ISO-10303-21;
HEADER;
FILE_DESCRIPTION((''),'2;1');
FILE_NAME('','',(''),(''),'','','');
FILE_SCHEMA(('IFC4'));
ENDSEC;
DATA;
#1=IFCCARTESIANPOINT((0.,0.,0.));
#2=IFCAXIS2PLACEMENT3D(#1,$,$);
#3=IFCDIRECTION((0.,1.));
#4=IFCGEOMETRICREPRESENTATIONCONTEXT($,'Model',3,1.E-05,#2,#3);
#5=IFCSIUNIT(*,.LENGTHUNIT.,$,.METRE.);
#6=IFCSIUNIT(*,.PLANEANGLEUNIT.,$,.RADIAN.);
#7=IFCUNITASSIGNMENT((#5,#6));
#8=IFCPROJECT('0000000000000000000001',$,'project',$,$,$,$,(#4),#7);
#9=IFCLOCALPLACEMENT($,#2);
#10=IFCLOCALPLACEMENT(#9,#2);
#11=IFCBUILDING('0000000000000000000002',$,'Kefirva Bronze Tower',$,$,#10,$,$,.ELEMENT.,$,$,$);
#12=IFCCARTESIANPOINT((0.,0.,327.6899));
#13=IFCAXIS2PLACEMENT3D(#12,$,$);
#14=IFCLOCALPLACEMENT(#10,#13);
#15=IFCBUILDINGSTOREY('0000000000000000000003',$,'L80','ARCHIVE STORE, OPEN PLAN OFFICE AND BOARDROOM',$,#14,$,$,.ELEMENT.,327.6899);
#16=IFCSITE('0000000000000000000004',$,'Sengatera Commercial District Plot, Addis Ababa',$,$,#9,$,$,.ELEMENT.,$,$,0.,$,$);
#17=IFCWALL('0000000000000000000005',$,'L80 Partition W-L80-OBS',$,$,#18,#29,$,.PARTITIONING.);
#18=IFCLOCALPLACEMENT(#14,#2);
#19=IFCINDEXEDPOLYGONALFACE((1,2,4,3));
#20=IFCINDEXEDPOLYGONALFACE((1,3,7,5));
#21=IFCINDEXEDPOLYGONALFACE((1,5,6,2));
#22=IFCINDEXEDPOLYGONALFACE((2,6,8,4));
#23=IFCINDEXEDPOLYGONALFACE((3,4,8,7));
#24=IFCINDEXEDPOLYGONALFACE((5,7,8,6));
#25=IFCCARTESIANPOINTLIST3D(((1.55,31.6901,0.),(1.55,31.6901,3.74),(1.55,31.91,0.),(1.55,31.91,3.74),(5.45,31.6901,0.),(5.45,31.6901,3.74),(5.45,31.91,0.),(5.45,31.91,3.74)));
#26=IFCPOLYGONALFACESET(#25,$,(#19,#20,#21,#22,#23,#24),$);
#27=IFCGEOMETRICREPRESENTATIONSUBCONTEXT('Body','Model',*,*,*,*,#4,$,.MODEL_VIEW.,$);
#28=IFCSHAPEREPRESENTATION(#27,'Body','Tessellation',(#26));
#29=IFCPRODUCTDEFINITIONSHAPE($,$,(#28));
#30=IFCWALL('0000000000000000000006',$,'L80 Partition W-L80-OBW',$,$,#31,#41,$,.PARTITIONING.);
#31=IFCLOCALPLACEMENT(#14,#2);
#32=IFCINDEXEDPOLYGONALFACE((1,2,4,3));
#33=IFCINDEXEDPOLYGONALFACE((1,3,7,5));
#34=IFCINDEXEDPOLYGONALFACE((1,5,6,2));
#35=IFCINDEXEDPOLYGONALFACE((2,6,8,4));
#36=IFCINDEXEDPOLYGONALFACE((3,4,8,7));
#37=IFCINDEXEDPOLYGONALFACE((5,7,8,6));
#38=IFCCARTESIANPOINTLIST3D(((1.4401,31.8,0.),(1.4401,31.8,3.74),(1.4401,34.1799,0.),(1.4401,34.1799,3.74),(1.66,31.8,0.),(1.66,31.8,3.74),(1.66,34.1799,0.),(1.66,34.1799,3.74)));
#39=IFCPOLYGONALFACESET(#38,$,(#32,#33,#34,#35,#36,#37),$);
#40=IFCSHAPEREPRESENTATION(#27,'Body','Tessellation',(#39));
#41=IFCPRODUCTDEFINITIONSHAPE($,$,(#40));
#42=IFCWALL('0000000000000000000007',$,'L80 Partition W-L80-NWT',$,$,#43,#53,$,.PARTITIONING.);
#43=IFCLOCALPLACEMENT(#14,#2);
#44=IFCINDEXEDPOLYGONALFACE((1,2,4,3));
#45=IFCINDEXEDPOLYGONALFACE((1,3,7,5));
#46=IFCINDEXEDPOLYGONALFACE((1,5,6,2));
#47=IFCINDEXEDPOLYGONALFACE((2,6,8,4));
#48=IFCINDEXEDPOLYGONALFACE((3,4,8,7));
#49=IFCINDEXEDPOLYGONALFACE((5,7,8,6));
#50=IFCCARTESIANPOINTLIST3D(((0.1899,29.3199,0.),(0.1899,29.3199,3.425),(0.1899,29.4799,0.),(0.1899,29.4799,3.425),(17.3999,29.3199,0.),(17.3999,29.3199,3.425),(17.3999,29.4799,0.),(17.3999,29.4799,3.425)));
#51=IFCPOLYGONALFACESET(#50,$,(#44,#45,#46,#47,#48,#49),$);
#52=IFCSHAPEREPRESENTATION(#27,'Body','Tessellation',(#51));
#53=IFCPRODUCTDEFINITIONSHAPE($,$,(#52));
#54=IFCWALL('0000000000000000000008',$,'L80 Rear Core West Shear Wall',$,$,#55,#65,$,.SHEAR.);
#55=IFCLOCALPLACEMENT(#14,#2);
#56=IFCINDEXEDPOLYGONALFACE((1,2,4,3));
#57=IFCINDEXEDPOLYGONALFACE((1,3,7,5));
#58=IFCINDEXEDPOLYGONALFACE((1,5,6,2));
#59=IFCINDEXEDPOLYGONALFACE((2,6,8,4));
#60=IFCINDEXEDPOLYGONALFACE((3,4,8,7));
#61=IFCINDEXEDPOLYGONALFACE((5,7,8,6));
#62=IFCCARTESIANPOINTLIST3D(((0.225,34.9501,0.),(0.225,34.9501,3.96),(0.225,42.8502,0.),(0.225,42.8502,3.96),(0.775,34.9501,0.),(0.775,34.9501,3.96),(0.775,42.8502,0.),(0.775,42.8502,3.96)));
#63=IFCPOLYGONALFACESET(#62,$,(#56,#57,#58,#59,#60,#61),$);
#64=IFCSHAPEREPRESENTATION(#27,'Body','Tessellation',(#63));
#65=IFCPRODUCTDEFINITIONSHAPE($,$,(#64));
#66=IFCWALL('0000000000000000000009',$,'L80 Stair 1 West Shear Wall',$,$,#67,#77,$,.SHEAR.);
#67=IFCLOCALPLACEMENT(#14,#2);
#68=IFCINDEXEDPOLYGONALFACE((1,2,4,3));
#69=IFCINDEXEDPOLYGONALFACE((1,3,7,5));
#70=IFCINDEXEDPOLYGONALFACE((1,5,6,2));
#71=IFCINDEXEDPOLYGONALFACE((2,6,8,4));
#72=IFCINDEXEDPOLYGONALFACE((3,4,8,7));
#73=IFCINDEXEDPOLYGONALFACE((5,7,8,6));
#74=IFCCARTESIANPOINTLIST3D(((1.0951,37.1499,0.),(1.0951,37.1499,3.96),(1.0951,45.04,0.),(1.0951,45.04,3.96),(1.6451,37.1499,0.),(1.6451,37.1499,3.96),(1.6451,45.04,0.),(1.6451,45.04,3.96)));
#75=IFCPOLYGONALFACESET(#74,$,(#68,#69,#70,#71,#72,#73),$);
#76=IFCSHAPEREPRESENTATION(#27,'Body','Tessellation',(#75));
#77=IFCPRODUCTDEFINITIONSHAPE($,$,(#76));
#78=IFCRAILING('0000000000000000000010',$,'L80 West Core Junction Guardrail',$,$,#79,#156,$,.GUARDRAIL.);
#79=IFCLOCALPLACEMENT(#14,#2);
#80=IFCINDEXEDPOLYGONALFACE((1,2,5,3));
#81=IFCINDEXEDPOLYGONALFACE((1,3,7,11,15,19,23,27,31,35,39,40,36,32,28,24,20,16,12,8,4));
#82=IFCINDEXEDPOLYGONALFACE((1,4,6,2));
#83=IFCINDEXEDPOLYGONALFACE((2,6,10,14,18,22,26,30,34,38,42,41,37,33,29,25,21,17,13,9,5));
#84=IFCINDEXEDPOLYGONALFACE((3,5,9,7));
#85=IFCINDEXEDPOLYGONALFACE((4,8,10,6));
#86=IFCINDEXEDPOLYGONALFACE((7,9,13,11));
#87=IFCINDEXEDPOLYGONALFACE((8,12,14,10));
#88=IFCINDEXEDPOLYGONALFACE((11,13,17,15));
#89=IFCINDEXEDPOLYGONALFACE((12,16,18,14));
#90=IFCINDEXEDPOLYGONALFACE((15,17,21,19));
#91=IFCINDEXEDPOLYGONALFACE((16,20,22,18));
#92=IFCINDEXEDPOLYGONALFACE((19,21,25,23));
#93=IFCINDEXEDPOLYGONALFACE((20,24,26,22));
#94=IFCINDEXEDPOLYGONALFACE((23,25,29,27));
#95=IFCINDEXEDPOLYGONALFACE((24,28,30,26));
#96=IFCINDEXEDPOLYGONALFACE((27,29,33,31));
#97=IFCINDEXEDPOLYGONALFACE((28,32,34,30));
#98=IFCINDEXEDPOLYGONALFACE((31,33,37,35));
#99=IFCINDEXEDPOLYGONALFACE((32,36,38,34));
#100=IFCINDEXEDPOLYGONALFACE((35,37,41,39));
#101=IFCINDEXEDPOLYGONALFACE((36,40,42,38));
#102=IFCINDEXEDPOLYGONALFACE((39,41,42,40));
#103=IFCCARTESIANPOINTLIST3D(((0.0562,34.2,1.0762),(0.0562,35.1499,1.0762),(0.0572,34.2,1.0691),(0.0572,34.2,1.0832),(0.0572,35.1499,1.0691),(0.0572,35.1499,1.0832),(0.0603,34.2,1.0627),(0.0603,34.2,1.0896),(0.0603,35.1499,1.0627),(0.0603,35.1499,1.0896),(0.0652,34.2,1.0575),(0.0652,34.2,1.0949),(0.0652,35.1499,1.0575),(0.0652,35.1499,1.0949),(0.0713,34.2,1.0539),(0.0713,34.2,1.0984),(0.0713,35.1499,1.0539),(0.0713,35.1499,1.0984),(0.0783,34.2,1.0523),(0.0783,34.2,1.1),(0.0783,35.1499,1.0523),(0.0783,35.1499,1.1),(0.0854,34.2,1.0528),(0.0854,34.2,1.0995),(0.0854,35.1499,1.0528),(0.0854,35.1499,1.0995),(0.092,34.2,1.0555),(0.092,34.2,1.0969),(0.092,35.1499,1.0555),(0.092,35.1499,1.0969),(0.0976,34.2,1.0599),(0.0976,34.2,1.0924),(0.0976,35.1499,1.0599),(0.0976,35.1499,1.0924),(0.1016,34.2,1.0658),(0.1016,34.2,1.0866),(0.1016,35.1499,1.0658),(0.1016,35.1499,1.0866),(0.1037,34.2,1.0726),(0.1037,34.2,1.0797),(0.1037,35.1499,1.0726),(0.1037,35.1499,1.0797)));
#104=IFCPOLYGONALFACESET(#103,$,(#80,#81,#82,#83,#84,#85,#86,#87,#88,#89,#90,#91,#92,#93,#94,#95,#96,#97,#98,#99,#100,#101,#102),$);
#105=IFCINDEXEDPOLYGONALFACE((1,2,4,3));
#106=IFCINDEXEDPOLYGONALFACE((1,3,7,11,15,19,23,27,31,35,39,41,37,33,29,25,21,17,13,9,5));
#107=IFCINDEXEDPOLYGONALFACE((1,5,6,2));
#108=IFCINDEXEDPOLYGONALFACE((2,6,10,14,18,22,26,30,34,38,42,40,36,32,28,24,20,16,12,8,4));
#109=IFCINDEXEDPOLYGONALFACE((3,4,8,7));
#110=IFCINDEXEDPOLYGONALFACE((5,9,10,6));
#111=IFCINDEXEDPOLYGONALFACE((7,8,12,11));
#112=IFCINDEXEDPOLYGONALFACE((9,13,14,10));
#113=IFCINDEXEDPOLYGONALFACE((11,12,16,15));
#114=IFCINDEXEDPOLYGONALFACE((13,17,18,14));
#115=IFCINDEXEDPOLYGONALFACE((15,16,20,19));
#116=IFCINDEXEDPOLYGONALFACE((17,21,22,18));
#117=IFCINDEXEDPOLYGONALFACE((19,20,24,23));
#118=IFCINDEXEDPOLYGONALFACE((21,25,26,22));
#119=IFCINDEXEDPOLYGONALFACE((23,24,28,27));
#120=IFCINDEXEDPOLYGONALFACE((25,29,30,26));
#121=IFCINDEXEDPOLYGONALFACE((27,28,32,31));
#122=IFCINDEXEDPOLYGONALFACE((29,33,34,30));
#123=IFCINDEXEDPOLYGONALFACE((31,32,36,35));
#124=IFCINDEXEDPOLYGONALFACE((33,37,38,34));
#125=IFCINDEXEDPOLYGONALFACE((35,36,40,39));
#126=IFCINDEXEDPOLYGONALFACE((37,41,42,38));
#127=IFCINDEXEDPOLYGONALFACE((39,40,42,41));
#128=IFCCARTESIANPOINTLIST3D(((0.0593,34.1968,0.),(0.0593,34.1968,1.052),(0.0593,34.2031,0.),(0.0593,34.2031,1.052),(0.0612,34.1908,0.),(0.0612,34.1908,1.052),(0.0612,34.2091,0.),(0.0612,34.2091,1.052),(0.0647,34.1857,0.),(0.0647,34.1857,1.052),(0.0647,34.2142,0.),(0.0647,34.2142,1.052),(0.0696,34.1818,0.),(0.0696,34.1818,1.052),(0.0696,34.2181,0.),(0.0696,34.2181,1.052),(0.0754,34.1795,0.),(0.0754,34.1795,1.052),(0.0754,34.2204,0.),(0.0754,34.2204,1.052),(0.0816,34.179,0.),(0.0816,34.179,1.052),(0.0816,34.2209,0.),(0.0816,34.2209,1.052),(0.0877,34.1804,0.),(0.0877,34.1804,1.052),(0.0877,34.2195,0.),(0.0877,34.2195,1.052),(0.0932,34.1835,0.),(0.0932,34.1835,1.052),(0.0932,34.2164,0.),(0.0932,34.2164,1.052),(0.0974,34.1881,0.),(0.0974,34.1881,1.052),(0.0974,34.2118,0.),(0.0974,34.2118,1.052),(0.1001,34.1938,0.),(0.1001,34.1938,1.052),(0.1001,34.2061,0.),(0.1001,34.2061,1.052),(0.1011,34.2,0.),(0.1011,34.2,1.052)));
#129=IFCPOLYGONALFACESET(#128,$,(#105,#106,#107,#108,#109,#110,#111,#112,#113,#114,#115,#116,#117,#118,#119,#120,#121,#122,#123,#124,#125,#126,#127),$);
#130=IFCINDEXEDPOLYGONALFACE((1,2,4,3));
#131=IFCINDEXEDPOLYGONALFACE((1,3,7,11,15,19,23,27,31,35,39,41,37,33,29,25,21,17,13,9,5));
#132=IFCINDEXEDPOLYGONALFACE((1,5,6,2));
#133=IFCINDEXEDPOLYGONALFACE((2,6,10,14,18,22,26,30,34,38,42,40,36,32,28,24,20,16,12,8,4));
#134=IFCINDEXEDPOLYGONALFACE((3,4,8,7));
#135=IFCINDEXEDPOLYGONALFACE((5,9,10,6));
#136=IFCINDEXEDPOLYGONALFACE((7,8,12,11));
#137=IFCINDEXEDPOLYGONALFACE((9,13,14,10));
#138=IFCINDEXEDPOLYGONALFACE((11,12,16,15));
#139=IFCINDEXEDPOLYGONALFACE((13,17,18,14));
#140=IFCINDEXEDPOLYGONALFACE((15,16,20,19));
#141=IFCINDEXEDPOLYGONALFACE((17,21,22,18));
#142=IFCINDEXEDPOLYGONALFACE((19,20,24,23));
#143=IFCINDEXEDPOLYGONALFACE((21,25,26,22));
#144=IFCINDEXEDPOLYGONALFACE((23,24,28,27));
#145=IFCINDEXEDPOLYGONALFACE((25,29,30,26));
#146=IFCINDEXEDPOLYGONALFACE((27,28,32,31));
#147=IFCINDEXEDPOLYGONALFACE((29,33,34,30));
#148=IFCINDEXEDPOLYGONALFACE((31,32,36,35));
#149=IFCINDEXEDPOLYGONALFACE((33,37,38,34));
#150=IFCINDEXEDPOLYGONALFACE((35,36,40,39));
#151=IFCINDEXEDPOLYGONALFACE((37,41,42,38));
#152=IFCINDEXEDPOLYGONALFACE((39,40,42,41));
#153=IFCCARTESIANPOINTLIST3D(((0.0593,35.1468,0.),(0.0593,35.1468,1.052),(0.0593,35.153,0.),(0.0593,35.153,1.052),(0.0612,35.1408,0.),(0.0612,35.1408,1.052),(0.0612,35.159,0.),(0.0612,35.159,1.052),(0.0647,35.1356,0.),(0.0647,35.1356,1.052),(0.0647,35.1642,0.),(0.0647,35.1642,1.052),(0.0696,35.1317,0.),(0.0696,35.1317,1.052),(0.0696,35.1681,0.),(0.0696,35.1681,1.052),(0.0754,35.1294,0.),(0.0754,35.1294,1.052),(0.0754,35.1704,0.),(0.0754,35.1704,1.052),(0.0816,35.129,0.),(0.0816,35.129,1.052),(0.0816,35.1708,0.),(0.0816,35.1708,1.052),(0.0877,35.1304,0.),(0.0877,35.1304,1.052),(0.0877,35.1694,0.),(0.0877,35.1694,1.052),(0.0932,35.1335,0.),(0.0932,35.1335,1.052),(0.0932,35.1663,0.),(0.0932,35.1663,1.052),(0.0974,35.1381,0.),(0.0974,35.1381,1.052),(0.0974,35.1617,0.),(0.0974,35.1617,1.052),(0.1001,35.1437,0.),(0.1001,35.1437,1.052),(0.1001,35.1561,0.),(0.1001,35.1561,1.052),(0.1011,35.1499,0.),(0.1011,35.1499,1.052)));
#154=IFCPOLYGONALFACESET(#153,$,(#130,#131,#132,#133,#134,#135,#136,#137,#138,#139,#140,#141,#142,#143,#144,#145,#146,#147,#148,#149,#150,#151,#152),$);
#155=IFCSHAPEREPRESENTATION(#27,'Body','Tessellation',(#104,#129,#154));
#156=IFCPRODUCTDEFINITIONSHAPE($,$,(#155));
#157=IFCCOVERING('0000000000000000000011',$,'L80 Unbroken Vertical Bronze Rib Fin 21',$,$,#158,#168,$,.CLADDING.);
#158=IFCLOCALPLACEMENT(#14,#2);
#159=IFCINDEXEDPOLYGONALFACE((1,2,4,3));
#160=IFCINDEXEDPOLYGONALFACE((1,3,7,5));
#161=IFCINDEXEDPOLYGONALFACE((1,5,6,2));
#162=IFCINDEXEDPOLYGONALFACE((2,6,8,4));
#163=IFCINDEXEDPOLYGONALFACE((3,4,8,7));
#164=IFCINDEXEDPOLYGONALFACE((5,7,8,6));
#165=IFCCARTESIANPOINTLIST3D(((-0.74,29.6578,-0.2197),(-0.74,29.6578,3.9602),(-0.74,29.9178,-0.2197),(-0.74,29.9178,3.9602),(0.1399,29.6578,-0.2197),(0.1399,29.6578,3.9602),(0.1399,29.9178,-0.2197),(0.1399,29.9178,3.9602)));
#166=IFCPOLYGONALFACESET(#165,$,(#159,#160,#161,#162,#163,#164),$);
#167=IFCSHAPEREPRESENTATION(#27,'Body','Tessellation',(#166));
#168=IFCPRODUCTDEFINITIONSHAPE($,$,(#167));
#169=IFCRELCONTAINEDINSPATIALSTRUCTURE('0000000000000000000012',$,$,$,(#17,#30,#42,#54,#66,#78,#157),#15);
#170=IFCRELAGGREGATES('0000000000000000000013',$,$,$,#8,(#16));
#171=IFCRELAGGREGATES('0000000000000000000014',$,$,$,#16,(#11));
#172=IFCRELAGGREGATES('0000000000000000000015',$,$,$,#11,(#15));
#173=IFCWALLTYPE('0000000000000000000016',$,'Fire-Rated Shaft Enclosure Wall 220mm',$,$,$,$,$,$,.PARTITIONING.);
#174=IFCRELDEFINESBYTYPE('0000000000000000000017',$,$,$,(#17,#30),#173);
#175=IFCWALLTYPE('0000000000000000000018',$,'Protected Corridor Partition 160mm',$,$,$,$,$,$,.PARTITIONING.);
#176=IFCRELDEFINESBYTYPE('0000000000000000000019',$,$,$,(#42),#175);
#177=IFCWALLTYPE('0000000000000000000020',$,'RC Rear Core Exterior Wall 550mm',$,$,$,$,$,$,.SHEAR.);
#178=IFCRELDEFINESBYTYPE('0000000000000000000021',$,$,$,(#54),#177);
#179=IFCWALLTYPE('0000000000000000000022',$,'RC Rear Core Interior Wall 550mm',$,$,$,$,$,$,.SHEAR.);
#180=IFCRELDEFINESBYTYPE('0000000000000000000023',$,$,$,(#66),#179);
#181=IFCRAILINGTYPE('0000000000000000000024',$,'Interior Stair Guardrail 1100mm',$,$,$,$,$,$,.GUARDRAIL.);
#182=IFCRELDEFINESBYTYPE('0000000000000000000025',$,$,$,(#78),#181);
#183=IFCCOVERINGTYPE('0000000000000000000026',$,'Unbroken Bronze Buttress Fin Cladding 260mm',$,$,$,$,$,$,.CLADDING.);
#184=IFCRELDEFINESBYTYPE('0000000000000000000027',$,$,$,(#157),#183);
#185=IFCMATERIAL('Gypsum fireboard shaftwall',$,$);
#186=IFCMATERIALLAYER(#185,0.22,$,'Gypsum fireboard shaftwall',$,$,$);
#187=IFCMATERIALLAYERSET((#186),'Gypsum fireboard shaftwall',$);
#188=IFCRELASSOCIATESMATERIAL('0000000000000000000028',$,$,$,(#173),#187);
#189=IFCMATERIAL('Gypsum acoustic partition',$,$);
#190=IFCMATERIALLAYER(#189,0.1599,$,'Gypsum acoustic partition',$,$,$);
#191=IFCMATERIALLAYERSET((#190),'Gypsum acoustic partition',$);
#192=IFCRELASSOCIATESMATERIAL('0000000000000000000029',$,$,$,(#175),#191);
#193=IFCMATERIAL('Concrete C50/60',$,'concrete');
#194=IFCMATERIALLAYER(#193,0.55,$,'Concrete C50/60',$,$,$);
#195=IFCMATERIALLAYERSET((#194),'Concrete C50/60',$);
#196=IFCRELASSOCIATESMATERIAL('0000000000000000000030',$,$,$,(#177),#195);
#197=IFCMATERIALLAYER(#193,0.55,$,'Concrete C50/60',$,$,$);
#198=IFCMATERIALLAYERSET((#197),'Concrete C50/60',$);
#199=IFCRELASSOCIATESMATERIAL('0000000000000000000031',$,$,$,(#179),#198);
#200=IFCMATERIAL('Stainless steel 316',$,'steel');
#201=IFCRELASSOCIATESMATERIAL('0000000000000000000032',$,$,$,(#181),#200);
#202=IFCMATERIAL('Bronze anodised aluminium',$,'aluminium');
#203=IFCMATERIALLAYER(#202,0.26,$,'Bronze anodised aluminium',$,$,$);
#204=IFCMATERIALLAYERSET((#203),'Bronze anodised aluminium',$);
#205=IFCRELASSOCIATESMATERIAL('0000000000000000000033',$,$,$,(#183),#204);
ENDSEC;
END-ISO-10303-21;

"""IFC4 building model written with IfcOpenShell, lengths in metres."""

from ifc_helpers import new_model, si_unit, direction, frame, frame_2d, origin, origin_2d, place, context, subcontext, project, spatial, rectangle, circle, extrude, material, layer, layer_set, type_object, element, save


model = new_model("IFC4")

# Units and contexts
model_context = context("Model", 3, precision=1e-05, world=origin(), true_north=direction((0.0, 1.0)))
body_context = subcontext(model_context, "Body", "Model", "MODEL_VIEW")
ifc_project = project(units=[si_unit("LENGTHUNIT", "METRE"), si_unit("PLANEANGLEUNIT", "RADIAN")], contexts=[model_context])

# Site, building, storey
site_placement = place(None, origin())
site = spatial("IfcSite", under=ifc_project, at=site_placement, Name="Sengatera Commercial District Plot, Addis Ababa", CompositionType="ELEMENT", RefElevation=0.0)
building_placement = place(site_placement, origin())
building = spatial("IfcBuilding", under=site, at=building_placement, Name="Kefirva Bronze Tower", CompositionType="ELEMENT")
storey_placement = place(building_placement, frame((0.0, 0.0, 327.6899)))
storey = spatial("IfcBuildingStorey", under=building, at=storey_placement, Name="L80", Description="ARCHIVE STORE, OPEN PLAN OFFICE AND BOARDROOM", CompositionType="ELEMENT", Elevation=327.6899)

# Shared definitions
ifc_material_1 = material(Name="Concrete C50/60", Category="concrete")

# Shared definitions
ifc_material_2 = material(Name="Bronze anodised aluminium", Category="aluminium")

# Shared definitions
ifc_material_3 = material(Name="Gypsum fireboard shaftwall")
ifc_layer_1 = layer(ifc_material_3, 0.22, Name="Gypsum fireboard shaftwall")
ifc_layer_set_1 = layer_set([ifc_layer_1], Name="Gypsum fireboard shaftwall")
wall_type_1 = type_object("IfcWallType", Name="Fire-Rated Shaft Enclosure Wall 220mm", PredefinedType="PARTITIONING", material=ifc_layer_set_1)

# Walls
wall_1_placement = place(storey_placement, frame((1.55, 31.8, 0.0), z_axis=(0.0, 0.0, 1.0), x_axis=(1.0, 0.0, 0.0)))
element("IfcWall", 1, at=wall_1_placement, inside=storey, type_object=wall_type_1, Name="L80 Partition W-L80-OBS", PredefinedType="PARTITIONING", context=body_context, shape_type="SweptSolid", body=[
    extrude(rectangle(XDim=3.8999, YDim=0.22, at=frame_2d((1.95, 0.0))), origin(), (0.0, 0.0, 1.0), 3.74),
])
wall_2_placement = place(storey_placement, frame((1.55, 31.8, 0.0), z_axis=(0.0, 0.0, 1.0), x_axis=(0.0, 1.0, 0.0)))
element("IfcWall", 2, at=wall_2_placement, inside=storey, type_object=wall_type_1, Name="L80 Partition W-L80-OBW", PredefinedType="PARTITIONING", context=body_context, shape_type="SweptSolid", body=[
    extrude(rectangle(XDim=2.3799, YDim=0.22, at=frame_2d((1.1899, 0.0))), origin(), (0.0, 0.0, 1.0), 3.74),
])
ifc_material_4 = material(Name="Gypsum acoustic partition")
ifc_layer_2 = layer(ifc_material_4, 0.1599, Name="Gypsum acoustic partition")
ifc_layer_set_2 = layer_set([ifc_layer_2], Name="Gypsum acoustic partition")
wall_type_2 = type_object("IfcWallType", Name="Protected Corridor Partition 160mm", PredefinedType="PARTITIONING", material=ifc_layer_set_2)
wall_3_placement = place(storey_placement, frame((0.1899, 29.3999, 0.0), z_axis=(0.0, 0.0, 1.0), x_axis=(1.0, 0.0, 0.0)))
element("IfcWall", 3, at=wall_3_placement, inside=storey, type_object=wall_type_2, Name="L80 Partition W-L80-NWT", PredefinedType="PARTITIONING", context=body_context, shape_type="SweptSolid", body=[
    extrude(rectangle(XDim=17.21, YDim=0.1599, at=frame_2d((8.605, 0.0))), origin(), (0.0, 0.0, 1.0), 3.425),
])
ifc_layer_3 = layer(ifc_material_1, 0.55, Name="Concrete C50/60")
ifc_layer_set_3 = layer_set([ifc_layer_3], Name="Concrete C50/60")
wall_type_3 = type_object("IfcWallType", Name="RC Rear Core Exterior Wall 550mm", PredefinedType="SHEAR", material=ifc_layer_set_3)
wall_4_placement = place(storey_placement, frame((0.5, 34.95, 0.0), z_axis=(0.0, 0.0, 1.0), x_axis=(0.0, 1.0, 0.0)))
element("IfcWall", 4, at=wall_4_placement, inside=storey, type_object=wall_type_3, Name="L80 Rear Core West Shear Wall", PredefinedType="SHEAR", context=body_context, shape_type="SweptSolid", body=[
    extrude(rectangle(XDim=7.9001, YDim=0.55, at=frame_2d((3.9502, 0.0))), origin(), (0.0, 0.0, 1.0), 3.96),
])

# Shared definitions
ifc_layer_4 = layer(ifc_material_1, 0.55, Name="Concrete C50/60")
ifc_layer_set_4 = layer_set([ifc_layer_4], Name="Concrete C50/60")
wall_type_4 = type_object("IfcWallType", Name="RC Rear Core Interior Wall 550mm", PredefinedType="SHEAR", material=ifc_layer_set_4)

# Wall
wall_5_placement = place(storey_placement, frame((1.3701, 37.1499, 0.0), z_axis=(0.0, 0.0, 1.0), x_axis=(0.0, 1.0, 0.0)))
element("IfcWall", 5, at=wall_5_placement, inside=storey, type_object=wall_type_4, Name="L80 Stair 1 West Shear Wall", PredefinedType="SHEAR", context=body_context, shape_type="SweptSolid", body=[
    extrude(rectangle(XDim=7.8901, YDim=0.55, at=frame_2d((3.9451, 0.0))), origin(), (0.0, 0.0, 1.0), 3.96),
])

# Railing
ifc_material_5 = material(Name="Stainless steel 316", Category="steel")
railing_type = type_object("IfcRailingType", Name="Interior Stair Guardrail 1100mm", PredefinedType="GUARDRAIL", material=ifc_material_5)
railing_placement = place(storey_placement, frame((0.0801, 34.2, 0.0)))
element("IfcRailing", 6, at=railing_placement, inside=storey, type_object=railing_type, Name="L80 West Core Junction Guardrail", PredefinedType="GUARDRAIL", context=body_context, shape_type="SweptSolid", body=[
    extrude(circle(Radius=0.0239, at=origin_2d()), frame((0.0, 0.0, 1.0762), z_axis=(0.0, 1.0, 0.0), x_axis=(-1.0, 0.0, 0.0)), (0.0, 0.0, 1.0), 0.95),
    extrude(circle(Radius=0.021, at=origin_2d()), origin(), (0.0, 0.0, 1.0), 1.052),
    extrude(circle(Radius=0.021, at=origin_2d()), frame((0.0, 0.95, 0.0)), (0.0, 0.0, 1.0), 1.052),
])

# Covering
ifc_layer_5 = layer(ifc_material_2, 0.26, Name="Bronze anodised aluminium")
ifc_layer_set_5 = layer_set([ifc_layer_5], Name="Bronze anodised aluminium")
covering_type = type_object("IfcCoveringType", Name="Unbroken Bronze Buttress Fin Cladding 260mm", PredefinedType="CLADDING", material=ifc_layer_set_5)
covering_placement = place(storey_placement, frame((-0.3, 29.7878, -0.2197), z_axis=(0.0, 0.0, 1.0), x_axis=(0.0, -1.0, 0.0)))
element("IfcCovering", 7, at=covering_placement, inside=storey, type_object=covering_type, Name="L80 Unbroken Vertical Bronze Rib Fin 21", PredefinedType="CLADDING", context=body_context, shape_type="SweptSolid", body=[
    extrude(rectangle(XDim=0.26, YDim=0.8799, at=origin_2d()), origin(), (0.0, 0.0, 1.0), 4.1799),
])

save(model, "model.ifc")
